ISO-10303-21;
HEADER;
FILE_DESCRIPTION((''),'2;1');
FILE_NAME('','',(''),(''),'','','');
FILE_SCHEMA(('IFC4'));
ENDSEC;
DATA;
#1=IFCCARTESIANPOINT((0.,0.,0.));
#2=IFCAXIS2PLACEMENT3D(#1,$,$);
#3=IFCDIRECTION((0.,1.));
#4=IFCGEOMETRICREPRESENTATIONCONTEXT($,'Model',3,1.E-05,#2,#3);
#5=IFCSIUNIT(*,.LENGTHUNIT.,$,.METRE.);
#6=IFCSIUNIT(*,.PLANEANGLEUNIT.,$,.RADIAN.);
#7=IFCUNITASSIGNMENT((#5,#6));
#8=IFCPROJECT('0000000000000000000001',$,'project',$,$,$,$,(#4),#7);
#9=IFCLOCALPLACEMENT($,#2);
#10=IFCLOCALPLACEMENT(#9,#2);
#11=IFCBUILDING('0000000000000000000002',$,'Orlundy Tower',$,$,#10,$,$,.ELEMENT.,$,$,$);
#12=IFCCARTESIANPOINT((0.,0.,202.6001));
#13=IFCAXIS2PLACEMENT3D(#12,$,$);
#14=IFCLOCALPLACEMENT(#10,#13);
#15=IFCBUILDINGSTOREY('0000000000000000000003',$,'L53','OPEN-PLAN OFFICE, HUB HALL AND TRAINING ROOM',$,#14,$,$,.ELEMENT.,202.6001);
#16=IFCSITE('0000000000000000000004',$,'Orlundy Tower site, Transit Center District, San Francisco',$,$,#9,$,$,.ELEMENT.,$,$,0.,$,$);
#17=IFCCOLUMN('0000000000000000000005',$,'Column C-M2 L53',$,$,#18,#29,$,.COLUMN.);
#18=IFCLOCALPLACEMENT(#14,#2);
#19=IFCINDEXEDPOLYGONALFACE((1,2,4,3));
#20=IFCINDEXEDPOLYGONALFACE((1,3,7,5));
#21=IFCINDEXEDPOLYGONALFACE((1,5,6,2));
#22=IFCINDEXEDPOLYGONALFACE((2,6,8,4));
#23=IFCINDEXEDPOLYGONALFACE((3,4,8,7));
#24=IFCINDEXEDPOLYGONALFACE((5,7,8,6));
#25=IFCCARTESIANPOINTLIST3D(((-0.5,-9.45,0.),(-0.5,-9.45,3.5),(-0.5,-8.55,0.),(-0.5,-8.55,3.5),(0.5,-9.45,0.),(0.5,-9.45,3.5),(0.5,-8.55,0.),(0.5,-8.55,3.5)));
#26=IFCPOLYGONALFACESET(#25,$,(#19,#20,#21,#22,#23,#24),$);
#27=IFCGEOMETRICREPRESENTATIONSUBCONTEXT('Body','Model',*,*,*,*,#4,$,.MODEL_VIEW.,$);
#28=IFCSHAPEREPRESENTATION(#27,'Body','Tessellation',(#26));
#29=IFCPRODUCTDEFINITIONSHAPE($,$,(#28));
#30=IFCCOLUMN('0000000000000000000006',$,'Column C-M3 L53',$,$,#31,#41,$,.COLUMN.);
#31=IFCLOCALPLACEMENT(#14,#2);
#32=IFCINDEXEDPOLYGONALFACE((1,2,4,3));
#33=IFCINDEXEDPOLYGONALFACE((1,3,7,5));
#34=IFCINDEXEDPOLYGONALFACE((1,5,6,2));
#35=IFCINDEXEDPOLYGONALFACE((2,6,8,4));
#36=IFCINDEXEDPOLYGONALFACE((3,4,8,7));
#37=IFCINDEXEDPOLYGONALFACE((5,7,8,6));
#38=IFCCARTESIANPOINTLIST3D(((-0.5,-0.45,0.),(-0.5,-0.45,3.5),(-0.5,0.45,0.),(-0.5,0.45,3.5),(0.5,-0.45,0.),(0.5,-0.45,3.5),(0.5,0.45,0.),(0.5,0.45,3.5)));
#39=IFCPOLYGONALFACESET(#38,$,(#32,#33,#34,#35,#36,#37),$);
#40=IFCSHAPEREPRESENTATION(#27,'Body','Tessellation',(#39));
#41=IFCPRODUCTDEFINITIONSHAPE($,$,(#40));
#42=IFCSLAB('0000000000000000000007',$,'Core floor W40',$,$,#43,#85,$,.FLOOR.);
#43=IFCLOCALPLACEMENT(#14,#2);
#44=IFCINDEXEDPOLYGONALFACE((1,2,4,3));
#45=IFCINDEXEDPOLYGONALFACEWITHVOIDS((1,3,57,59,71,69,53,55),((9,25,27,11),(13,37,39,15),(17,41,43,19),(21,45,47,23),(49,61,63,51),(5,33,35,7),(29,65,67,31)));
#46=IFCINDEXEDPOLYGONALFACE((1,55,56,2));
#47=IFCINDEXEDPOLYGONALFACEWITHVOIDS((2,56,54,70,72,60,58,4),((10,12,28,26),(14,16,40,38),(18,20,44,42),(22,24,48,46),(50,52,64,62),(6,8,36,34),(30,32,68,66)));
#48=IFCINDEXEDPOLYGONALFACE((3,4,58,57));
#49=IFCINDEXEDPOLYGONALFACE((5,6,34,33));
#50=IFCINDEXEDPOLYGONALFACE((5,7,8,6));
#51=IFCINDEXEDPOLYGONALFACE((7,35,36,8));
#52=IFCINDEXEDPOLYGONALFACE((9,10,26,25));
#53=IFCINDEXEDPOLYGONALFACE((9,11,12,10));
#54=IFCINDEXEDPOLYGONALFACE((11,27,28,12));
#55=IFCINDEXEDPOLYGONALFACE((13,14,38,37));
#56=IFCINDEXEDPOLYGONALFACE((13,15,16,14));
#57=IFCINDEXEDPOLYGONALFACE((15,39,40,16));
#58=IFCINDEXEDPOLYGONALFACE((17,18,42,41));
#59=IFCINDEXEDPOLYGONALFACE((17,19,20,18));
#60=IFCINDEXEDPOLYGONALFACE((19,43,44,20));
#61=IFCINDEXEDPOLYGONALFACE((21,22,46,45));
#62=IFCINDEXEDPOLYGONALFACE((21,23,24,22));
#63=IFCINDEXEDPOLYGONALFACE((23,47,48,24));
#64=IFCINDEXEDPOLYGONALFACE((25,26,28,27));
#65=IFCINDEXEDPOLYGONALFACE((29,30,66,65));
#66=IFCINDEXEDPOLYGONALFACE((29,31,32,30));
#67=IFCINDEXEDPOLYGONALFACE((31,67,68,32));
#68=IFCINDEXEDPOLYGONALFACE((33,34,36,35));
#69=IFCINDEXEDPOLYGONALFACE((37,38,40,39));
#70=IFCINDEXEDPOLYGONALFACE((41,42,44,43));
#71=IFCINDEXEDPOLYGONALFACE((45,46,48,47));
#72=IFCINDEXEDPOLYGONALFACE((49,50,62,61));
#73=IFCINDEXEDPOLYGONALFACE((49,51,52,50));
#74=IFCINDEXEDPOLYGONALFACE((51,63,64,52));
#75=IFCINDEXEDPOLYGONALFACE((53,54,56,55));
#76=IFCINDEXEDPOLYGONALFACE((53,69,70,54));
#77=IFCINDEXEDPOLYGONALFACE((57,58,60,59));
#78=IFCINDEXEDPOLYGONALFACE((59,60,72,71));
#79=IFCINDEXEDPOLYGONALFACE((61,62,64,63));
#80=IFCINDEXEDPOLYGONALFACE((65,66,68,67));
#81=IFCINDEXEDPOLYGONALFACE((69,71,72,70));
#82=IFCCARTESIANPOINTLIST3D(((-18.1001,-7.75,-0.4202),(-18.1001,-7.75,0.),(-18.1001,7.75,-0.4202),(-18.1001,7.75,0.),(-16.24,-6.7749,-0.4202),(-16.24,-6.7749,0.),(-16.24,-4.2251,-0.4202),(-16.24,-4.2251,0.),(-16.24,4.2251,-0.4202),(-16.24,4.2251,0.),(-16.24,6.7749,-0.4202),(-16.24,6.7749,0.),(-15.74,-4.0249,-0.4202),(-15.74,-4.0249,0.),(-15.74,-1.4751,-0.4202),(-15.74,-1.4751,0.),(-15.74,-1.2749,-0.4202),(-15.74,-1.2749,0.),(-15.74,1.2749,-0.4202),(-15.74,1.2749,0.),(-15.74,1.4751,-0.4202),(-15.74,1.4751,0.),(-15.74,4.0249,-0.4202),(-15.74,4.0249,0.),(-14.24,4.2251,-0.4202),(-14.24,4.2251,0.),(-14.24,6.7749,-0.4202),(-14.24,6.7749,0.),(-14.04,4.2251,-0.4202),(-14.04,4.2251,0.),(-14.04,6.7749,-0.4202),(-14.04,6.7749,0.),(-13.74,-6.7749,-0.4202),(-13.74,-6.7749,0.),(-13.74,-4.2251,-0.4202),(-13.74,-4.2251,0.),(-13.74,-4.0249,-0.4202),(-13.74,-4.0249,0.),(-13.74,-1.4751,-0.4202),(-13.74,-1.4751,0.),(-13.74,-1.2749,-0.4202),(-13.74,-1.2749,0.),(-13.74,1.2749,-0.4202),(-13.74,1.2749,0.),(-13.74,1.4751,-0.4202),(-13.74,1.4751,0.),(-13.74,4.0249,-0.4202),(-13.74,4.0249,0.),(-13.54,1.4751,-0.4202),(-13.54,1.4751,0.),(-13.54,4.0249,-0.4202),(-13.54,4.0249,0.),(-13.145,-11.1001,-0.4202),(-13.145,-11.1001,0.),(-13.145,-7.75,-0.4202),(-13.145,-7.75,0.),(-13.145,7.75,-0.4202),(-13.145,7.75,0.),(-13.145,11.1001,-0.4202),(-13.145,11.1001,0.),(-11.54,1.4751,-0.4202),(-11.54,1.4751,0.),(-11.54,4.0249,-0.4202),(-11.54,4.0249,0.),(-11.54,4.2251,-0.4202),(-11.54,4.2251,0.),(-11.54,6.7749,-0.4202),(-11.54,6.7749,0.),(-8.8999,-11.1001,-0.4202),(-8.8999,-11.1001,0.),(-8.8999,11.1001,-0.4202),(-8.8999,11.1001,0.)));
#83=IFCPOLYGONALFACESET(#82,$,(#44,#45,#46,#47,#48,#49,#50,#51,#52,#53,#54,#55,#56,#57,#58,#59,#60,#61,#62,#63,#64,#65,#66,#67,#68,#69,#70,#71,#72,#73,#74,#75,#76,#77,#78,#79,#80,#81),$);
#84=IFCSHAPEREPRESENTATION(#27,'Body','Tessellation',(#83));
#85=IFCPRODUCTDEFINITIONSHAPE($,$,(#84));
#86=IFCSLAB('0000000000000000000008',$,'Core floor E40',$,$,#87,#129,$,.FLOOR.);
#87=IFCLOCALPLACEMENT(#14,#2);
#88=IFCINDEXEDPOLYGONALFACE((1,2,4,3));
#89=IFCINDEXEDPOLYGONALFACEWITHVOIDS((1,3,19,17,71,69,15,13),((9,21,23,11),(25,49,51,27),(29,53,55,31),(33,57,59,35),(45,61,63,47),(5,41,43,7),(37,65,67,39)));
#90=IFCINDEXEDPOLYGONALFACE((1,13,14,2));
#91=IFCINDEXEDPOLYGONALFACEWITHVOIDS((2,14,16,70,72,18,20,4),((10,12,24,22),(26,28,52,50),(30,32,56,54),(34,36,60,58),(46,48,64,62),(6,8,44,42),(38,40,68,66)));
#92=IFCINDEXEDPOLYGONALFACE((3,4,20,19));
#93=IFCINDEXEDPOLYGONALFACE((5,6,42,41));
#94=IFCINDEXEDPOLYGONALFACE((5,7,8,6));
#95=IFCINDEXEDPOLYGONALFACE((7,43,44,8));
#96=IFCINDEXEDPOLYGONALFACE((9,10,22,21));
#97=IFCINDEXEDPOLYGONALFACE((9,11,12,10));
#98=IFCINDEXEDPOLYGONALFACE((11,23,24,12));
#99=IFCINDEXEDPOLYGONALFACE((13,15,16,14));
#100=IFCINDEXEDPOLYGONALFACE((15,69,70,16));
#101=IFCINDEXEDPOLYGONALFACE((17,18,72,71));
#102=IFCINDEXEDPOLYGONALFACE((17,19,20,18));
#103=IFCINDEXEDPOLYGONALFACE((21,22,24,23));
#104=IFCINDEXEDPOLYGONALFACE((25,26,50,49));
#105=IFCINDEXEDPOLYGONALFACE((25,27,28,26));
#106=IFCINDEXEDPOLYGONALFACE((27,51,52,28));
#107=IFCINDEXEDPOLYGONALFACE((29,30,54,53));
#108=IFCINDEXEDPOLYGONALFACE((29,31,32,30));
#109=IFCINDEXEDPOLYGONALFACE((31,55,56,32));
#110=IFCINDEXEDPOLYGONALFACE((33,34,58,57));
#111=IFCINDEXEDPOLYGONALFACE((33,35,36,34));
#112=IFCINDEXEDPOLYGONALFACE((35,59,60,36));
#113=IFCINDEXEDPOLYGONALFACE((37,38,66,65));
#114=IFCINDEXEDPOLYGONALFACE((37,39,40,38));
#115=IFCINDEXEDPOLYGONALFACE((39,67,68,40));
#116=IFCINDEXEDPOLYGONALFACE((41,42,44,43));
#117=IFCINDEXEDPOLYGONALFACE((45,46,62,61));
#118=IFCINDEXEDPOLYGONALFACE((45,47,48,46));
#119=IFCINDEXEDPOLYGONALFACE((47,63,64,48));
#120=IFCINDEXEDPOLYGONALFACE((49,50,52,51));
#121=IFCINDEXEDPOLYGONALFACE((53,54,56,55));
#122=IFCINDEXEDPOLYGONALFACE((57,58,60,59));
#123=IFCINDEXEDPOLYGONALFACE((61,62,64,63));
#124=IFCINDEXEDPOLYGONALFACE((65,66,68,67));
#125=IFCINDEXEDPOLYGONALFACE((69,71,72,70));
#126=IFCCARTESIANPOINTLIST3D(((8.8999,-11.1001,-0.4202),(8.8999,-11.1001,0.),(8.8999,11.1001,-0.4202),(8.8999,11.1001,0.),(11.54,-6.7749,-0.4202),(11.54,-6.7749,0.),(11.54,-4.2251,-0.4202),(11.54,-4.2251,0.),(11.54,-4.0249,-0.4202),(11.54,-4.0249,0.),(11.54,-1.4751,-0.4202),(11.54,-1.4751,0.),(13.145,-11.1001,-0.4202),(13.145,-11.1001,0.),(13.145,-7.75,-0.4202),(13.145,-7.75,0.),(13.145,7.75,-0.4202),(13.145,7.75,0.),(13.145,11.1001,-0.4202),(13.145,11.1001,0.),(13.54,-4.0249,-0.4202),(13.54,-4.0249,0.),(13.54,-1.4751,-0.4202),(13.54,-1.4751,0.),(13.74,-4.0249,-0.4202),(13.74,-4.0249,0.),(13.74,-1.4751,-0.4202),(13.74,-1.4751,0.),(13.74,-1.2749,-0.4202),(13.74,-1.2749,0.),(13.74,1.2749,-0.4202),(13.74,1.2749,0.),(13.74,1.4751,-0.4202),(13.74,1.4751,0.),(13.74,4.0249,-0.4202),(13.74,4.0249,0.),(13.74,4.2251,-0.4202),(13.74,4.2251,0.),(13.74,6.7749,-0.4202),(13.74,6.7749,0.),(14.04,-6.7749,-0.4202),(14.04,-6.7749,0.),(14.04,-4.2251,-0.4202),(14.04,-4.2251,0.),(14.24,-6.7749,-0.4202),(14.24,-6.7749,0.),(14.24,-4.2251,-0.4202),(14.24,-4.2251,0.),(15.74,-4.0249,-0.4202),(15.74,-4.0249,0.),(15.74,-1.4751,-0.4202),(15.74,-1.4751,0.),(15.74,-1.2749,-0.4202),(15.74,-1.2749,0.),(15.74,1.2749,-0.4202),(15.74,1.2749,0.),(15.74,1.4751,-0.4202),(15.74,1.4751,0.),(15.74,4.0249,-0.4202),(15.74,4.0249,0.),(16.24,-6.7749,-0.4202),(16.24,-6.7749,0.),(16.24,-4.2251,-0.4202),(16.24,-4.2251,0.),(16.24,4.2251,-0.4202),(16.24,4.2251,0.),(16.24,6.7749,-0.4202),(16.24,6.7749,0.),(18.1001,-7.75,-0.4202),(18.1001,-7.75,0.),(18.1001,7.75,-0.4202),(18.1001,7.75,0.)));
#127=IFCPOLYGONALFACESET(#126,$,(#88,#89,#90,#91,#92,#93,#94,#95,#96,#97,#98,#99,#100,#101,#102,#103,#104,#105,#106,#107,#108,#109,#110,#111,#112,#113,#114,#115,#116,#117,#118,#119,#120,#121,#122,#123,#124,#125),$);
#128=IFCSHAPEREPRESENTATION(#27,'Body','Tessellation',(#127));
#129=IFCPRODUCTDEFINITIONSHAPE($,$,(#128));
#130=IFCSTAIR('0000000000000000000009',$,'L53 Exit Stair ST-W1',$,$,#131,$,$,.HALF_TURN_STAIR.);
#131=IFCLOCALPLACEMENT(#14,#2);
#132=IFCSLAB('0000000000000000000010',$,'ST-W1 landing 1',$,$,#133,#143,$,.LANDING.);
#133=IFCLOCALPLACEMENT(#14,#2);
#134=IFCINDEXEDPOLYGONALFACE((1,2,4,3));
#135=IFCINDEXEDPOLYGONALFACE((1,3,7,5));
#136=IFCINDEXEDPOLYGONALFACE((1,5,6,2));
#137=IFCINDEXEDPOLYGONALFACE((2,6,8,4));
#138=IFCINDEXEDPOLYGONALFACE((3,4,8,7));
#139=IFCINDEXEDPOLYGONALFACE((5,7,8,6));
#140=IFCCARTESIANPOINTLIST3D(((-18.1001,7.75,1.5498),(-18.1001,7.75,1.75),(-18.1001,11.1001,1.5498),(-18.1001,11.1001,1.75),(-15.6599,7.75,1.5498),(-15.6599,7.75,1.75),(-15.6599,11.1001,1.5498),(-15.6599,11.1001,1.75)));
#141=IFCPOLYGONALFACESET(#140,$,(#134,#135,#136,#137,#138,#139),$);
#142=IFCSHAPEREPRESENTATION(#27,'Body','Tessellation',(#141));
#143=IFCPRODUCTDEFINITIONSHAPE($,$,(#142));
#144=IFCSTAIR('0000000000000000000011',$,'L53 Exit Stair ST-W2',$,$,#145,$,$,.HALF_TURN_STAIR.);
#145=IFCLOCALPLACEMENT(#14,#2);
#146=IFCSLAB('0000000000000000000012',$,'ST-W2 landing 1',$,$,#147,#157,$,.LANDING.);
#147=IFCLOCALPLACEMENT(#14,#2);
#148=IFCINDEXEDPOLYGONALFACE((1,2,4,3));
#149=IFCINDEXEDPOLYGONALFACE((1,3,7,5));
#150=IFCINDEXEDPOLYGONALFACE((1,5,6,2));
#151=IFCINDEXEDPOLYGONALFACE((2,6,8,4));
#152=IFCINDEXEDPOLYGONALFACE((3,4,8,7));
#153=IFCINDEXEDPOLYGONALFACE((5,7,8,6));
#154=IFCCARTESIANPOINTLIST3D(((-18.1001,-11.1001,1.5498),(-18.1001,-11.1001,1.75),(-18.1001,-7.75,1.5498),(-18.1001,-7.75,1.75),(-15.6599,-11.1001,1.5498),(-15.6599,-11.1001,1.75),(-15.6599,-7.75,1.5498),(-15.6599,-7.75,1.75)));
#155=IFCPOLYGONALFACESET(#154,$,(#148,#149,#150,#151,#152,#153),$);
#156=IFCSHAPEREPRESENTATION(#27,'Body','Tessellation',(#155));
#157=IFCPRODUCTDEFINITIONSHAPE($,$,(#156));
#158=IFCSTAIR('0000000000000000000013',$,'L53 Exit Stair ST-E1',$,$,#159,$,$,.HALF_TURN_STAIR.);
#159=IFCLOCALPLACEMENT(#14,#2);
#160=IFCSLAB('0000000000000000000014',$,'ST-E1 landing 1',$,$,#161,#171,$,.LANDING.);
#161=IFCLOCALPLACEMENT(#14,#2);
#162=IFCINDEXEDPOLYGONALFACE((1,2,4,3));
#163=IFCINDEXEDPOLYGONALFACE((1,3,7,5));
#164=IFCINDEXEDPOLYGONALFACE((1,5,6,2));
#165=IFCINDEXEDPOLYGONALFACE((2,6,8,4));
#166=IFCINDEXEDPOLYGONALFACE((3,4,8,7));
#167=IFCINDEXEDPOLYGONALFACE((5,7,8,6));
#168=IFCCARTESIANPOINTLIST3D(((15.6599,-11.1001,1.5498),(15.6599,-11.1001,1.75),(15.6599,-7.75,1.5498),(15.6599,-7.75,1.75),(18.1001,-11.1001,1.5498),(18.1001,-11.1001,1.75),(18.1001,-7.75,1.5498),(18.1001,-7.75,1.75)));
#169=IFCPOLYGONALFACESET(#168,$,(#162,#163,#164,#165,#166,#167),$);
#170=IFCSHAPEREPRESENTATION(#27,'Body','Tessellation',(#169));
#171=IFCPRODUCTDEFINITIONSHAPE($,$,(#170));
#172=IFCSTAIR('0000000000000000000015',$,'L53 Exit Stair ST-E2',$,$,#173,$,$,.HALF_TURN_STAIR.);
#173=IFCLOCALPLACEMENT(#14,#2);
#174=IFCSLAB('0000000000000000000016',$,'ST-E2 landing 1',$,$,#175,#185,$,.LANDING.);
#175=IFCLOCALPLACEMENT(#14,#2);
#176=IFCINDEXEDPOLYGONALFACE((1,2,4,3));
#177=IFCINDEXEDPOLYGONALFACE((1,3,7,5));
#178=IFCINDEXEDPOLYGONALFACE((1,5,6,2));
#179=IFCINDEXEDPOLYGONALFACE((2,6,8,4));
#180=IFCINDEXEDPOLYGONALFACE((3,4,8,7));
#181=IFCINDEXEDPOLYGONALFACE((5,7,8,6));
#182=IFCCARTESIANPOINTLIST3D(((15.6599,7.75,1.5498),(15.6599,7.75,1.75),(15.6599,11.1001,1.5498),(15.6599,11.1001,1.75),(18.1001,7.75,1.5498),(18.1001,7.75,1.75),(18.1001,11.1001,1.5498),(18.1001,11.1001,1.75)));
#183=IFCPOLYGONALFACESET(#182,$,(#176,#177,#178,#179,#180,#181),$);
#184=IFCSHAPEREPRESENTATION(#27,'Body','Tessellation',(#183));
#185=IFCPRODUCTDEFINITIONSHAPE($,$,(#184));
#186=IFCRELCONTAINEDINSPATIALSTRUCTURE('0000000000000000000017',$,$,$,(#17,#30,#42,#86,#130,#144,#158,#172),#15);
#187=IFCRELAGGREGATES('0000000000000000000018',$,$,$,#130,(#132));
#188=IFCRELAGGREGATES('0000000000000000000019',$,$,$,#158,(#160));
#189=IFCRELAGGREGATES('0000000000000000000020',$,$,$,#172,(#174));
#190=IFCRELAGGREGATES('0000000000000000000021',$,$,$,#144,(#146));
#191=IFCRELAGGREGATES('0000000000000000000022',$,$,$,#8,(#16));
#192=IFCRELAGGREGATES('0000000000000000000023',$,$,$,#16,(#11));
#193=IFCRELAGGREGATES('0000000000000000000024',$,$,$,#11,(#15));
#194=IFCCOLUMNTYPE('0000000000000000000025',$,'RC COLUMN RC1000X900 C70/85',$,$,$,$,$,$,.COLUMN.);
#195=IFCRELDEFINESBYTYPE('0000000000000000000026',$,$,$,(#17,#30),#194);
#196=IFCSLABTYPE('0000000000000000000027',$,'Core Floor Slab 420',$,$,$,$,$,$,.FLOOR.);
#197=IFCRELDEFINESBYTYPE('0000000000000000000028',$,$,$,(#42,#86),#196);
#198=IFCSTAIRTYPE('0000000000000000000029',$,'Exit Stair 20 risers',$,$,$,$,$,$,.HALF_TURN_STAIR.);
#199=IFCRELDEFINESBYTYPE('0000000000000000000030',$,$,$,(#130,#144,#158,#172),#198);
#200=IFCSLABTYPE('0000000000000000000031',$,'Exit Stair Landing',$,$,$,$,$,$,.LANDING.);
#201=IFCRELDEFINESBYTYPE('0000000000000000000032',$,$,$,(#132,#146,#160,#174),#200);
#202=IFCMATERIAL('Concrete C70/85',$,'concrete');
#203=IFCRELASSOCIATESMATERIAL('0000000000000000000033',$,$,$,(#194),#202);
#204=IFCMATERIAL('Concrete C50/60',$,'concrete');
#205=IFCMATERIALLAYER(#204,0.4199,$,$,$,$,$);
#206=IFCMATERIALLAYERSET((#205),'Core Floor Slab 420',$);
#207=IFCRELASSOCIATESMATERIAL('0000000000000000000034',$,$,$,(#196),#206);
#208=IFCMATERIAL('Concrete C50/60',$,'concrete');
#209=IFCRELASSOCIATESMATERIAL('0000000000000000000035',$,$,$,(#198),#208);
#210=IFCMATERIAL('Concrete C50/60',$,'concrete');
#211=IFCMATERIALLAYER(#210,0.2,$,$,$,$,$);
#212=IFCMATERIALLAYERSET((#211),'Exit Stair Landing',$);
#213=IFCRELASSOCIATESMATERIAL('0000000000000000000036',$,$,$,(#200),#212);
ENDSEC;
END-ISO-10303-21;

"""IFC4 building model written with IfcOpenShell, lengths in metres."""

from ifc_helpers import new_model, si_unit, direction, frame, origin, origin_2d, place, context, subcontext, project, spatial, polyline, rectangle, outline, extrude, material, layer, layer_set, material_profile, profile_set, type_object, element, aggregate, save


model = new_model("IFC4")

# Units and contexts
model_context = context("Model", 3, precision=1e-05, world=origin(), true_north=direction((0.0, 1.0)))
body_context = subcontext(model_context, "Body", "Model", "MODEL_VIEW")
ifc_project = project(units=[si_unit("LENGTHUNIT", "METRE"), si_unit("PLANEANGLEUNIT", "RADIAN")], contexts=[model_context])

# Site, building, storey
site_placement = place(None, origin())
site = spatial("IfcSite", under=ifc_project, at=site_placement, Name="Orlundy Tower site, Transit Center District, San Francisco", CompositionType="ELEMENT", RefElevation=0.0)
building_placement = place(site_placement, origin())
building = spatial("IfcBuilding", under=site, at=building_placement, Name="Orlundy Tower", CompositionType="ELEMENT")
storey_placement = place(building_placement, frame((0.0, 0.0, 202.6001)))
storey = spatial("IfcBuildingStorey", under=building, at=storey_placement, Name="L53", Description="OPEN-PLAN OFFICE, HUB HALL AND TRAINING ROOM", CompositionType="ELEMENT", Elevation=202.6001)

# Columns
ifc_material_1 = material(Name="Concrete C70/85", Category="concrete")
ifc_material_profile = material_profile(ifc_material_1, rectangle(XDim=1.0, YDim=0.8999, at=origin_2d()), Name="RC1000X900")
ifc_profile_set = profile_set([ifc_material_profile], Name="Concrete C70/85")
column_type = type_object("IfcColumnType", Name="RC COLUMN RC1000X900 C70/85", PredefinedType="COLUMN", material=ifc_profile_set)
for number, where, z_axis, x_axis, name in (
    (1, (0.0, -9.0, 0.0), (0.0, 0.0, 1.0), (1.0, 0.0, 0.0), "Column C-M2 L53"),
    (2, (0.0, 0.0, 0.0), (0.0, 0.0, 1.0), (1.0, 0.0, 0.0), "Column C-M3 L53"),
):
    element("IfcColumn", number, at=place(storey_placement, frame(where, z_axis=z_axis, x_axis=x_axis)), inside=storey, type_object=column_type, Name=name, PredefinedType="COLUMN", context=body_context, shape_type="SweptSolid", body=[
        extrude(rectangle(XDim=1.0, YDim=0.8999, at=origin_2d()), origin(), (0.0, 0.0, 1.0), 3.5),
    ])

# Slabs
ifc_material_2 = material(Name="Concrete C50/60", Category="concrete")
ifc_layer_1 = layer(ifc_material_2, 0.4199)
ifc_layer_set_1 = layer_set([ifc_layer_1], Name="Core Floor Slab 420")
slab_type_1 = type_object("IfcSlabType", Name="Core Floor Slab 420", PredefinedType="FLOOR", material=ifc_layer_set_1)
slab_1_placement = place(storey_placement, frame((0.0, 0.0, -0.4202)))
element("IfcSlab", 3, at=slab_1_placement, inside=storey, type_object=slab_type_1, Name="Core floor W40", PredefinedType="FLOOR", context=body_context, shape_type="SweptSolid", body=[
    extrude(outline(polyline([(-13.145, -11.1001), (-13.145, -7.75), (-18.1001, -7.75), (-18.1001, 7.75), (-13.145, 7.75), (-13.145, 11.1001), (-8.8999, 11.1001), (-8.8999, -11.1001), (-13.145, -11.1001)]), holes=[polyline([(-13.74, -4.2251), (-16.24, -4.2251), (-16.24, -6.7749), (-13.74, -6.7749), (-13.74, -4.2251)]), polyline([(-13.74, -4.0249), (-13.74, -1.4751), (-15.74, -1.4751), (-15.74, -4.0249), (-13.74, -4.0249)]), polyline([(-15.74, -1.2749), (-13.74, -1.2749), (-13.74, 1.2749), (-15.74, 1.2749), (-15.74, -1.2749)]), polyline([(-13.54, 4.0249), (-13.54, 1.4751), (-11.54, 1.4751), (-11.54, 4.0249), (-13.54, 4.0249)]), polyline([(-13.74, 4.0249), (-15.74, 4.0249), (-15.74, 1.4751), (-13.74, 1.4751), (-13.74, 4.0249)]), polyline([(-11.54, 4.2251), (-11.54, 6.7749), (-14.04, 6.7749), (-14.04, 4.2251), (-11.54, 4.2251)]), polyline([(-16.24, 4.2251), (-14.24, 4.2251), (-14.24, 6.7749), (-16.24, 6.7749), (-16.24, 4.2251)])]), origin(), (0.0, 0.0, 1.0), 0.4202),
])
slab_2_placement = place(storey_placement, frame((0.0, 0.0, -0.4202)))
element("IfcSlab", 4, at=slab_2_placement, inside=storey, type_object=slab_type_1, Name="Core floor E40", PredefinedType="FLOOR", context=body_context, shape_type="SweptSolid", body=[
    extrude(outline(polyline([(13.145, 11.1001), (13.145, 7.75), (18.1001, 7.75), (18.1001, -7.75), (13.145, -7.75), (13.145, -11.1001), (8.8999, -11.1001), (8.8999, 11.1001), (13.145, 11.1001)]), holes=[polyline([(13.74, 4.2251), (16.24, 4.2251), (16.24, 6.7749), (13.74, 6.7749), (13.74, 4.2251)]), polyline([(13.74, 4.0249), (13.74, 1.4751), (15.74, 1.4751), (15.74, 4.0249), (13.74, 4.0249)]), polyline([(15.74, 1.2749), (13.74, 1.2749), (13.74, -1.2749), (15.74, -1.2749), (15.74, 1.2749)]), polyline([(13.54, -4.0249), (13.54, -1.4751), (11.54, -1.4751), (11.54, -4.0249), (13.54, -4.0249)]), polyline([(13.74, -4.0249), (15.74, -4.0249), (15.74, -1.4751), (13.74, -1.4751), (13.74, -4.0249)]), polyline([(11.54, -4.2251), (11.54, -6.7749), (14.04, -6.7749), (14.04, -4.2251), (11.54, -4.2251)]), polyline([(16.24, -4.2251), (14.24, -4.2251), (14.24, -6.7749), (16.24, -6.7749), (16.24, -4.2251)])]), origin(), (0.0, 0.0, 1.0), 0.4202),
])

# Stairs, slabs
ifc_material_3 = material(Name="Concrete C50/60", Category="concrete")
stair_type = type_object("IfcStairType", Name="Exit Stair 20 risers", PredefinedType="HALF_TURN_STAIR", material=ifc_material_3)
stair_1_placement = place(storey_placement, origin())
stair_1 = element("IfcStair", 5, at=stair_1_placement, inside=storey, type_object=stair_type, Name="L53 Exit Stair ST-W1", PredefinedType="HALF_TURN_STAIR")
ifc_material_4 = material(Name="Concrete C50/60", Category="concrete")
ifc_layer_2 = layer(ifc_material_4, 0.2)
ifc_layer_set_2 = layer_set([ifc_layer_2], Name="Exit Stair Landing")
slab_type_2 = type_object("IfcSlabType", Name="Exit Stair Landing", PredefinedType="LANDING", material=ifc_layer_set_2)
slab_3_placement = place(storey_placement, frame((0.0, 0.0, 1.5498)))
slab_3 = element("IfcSlab", 6, at=slab_3_placement, type_object=slab_type_2, Name="ST-W1 landing 1", PredefinedType="LANDING", context=body_context, shape_type="SweptSolid", body=[
    extrude(outline(polyline([(-15.6599, 11.1001), (-18.1001, 11.1001), (-18.1001, 7.75), (-15.6599, 7.75), (-15.6599, 11.1001)])), origin(), (0.0, 0.0, 1.0), 0.2002),
])
aggregate(stair_1, [slab_3])
stair_2_placement = place(storey_placement, origin())
stair_2 = element("IfcStair", 7, at=stair_2_placement, inside=storey, type_object=stair_type, Name="L53 Exit Stair ST-W2", PredefinedType="HALF_TURN_STAIR")
slab_4_placement = place(storey_placement, frame((0.0, 0.0, 1.5498)))
slab_4 = element("IfcSlab", 8, at=slab_4_placement, type_object=slab_type_2, Name="ST-W2 landing 1", PredefinedType="LANDING", context=body_context, shape_type="SweptSolid", body=[
    extrude(outline(polyline([(-15.6599, -7.75), (-18.1001, -7.75), (-18.1001, -11.1001), (-15.6599, -11.1001), (-15.6599, -7.75)])), origin(), (0.0, 0.0, 1.0), 0.2002),
])
stair_3_placement = place(storey_placement, origin())
stair_3 = element("IfcStair", 9, at=stair_3_placement, inside=storey, type_object=stair_type, Name="L53 Exit Stair ST-E1", PredefinedType="HALF_TURN_STAIR")
slab_5_placement = place(storey_placement, frame((0.0, 0.0, 1.5498)))
slab_5 = element("IfcSlab", 10, at=slab_5_placement, type_object=slab_type_2, Name="ST-E1 landing 1", PredefinedType="LANDING", context=body_context, shape_type="SweptSolid", body=[
    extrude(outline(polyline([(15.6599, -11.1001), (18.1001, -11.1001), (18.1001, -7.75), (15.6599, -7.75), (15.6599, -11.1001)])), origin(), (0.0, 0.0, 1.0), 0.2002),
])
aggregate(stair_3, [slab_5])
stair_4_placement = place(storey_placement, origin())
stair_4 = element("IfcStair", 11, at=stair_4_placement, inside=storey, type_object=stair_type, Name="L53 Exit Stair ST-E2", PredefinedType="HALF_TURN_STAIR")
slab_6_placement = place(storey_placement, frame((0.0, 0.0, 1.5498)))
slab_6 = element("IfcSlab", 12, at=slab_6_placement, type_object=slab_type_2, Name="ST-E2 landing 1", PredefinedType="LANDING", context=body_context, shape_type="SweptSolid", body=[
    extrude(outline(polyline([(15.6599, 7.75), (18.1001, 7.75), (18.1001, 11.1001), (15.6599, 11.1001), (15.6599, 7.75)])), origin(), (0.0, 0.0, 1.0), 0.2002),
])
aggregate(stair_4, [slab_6])

aggregate(stair_2, [slab_4])

save(model, "model.ifc")
